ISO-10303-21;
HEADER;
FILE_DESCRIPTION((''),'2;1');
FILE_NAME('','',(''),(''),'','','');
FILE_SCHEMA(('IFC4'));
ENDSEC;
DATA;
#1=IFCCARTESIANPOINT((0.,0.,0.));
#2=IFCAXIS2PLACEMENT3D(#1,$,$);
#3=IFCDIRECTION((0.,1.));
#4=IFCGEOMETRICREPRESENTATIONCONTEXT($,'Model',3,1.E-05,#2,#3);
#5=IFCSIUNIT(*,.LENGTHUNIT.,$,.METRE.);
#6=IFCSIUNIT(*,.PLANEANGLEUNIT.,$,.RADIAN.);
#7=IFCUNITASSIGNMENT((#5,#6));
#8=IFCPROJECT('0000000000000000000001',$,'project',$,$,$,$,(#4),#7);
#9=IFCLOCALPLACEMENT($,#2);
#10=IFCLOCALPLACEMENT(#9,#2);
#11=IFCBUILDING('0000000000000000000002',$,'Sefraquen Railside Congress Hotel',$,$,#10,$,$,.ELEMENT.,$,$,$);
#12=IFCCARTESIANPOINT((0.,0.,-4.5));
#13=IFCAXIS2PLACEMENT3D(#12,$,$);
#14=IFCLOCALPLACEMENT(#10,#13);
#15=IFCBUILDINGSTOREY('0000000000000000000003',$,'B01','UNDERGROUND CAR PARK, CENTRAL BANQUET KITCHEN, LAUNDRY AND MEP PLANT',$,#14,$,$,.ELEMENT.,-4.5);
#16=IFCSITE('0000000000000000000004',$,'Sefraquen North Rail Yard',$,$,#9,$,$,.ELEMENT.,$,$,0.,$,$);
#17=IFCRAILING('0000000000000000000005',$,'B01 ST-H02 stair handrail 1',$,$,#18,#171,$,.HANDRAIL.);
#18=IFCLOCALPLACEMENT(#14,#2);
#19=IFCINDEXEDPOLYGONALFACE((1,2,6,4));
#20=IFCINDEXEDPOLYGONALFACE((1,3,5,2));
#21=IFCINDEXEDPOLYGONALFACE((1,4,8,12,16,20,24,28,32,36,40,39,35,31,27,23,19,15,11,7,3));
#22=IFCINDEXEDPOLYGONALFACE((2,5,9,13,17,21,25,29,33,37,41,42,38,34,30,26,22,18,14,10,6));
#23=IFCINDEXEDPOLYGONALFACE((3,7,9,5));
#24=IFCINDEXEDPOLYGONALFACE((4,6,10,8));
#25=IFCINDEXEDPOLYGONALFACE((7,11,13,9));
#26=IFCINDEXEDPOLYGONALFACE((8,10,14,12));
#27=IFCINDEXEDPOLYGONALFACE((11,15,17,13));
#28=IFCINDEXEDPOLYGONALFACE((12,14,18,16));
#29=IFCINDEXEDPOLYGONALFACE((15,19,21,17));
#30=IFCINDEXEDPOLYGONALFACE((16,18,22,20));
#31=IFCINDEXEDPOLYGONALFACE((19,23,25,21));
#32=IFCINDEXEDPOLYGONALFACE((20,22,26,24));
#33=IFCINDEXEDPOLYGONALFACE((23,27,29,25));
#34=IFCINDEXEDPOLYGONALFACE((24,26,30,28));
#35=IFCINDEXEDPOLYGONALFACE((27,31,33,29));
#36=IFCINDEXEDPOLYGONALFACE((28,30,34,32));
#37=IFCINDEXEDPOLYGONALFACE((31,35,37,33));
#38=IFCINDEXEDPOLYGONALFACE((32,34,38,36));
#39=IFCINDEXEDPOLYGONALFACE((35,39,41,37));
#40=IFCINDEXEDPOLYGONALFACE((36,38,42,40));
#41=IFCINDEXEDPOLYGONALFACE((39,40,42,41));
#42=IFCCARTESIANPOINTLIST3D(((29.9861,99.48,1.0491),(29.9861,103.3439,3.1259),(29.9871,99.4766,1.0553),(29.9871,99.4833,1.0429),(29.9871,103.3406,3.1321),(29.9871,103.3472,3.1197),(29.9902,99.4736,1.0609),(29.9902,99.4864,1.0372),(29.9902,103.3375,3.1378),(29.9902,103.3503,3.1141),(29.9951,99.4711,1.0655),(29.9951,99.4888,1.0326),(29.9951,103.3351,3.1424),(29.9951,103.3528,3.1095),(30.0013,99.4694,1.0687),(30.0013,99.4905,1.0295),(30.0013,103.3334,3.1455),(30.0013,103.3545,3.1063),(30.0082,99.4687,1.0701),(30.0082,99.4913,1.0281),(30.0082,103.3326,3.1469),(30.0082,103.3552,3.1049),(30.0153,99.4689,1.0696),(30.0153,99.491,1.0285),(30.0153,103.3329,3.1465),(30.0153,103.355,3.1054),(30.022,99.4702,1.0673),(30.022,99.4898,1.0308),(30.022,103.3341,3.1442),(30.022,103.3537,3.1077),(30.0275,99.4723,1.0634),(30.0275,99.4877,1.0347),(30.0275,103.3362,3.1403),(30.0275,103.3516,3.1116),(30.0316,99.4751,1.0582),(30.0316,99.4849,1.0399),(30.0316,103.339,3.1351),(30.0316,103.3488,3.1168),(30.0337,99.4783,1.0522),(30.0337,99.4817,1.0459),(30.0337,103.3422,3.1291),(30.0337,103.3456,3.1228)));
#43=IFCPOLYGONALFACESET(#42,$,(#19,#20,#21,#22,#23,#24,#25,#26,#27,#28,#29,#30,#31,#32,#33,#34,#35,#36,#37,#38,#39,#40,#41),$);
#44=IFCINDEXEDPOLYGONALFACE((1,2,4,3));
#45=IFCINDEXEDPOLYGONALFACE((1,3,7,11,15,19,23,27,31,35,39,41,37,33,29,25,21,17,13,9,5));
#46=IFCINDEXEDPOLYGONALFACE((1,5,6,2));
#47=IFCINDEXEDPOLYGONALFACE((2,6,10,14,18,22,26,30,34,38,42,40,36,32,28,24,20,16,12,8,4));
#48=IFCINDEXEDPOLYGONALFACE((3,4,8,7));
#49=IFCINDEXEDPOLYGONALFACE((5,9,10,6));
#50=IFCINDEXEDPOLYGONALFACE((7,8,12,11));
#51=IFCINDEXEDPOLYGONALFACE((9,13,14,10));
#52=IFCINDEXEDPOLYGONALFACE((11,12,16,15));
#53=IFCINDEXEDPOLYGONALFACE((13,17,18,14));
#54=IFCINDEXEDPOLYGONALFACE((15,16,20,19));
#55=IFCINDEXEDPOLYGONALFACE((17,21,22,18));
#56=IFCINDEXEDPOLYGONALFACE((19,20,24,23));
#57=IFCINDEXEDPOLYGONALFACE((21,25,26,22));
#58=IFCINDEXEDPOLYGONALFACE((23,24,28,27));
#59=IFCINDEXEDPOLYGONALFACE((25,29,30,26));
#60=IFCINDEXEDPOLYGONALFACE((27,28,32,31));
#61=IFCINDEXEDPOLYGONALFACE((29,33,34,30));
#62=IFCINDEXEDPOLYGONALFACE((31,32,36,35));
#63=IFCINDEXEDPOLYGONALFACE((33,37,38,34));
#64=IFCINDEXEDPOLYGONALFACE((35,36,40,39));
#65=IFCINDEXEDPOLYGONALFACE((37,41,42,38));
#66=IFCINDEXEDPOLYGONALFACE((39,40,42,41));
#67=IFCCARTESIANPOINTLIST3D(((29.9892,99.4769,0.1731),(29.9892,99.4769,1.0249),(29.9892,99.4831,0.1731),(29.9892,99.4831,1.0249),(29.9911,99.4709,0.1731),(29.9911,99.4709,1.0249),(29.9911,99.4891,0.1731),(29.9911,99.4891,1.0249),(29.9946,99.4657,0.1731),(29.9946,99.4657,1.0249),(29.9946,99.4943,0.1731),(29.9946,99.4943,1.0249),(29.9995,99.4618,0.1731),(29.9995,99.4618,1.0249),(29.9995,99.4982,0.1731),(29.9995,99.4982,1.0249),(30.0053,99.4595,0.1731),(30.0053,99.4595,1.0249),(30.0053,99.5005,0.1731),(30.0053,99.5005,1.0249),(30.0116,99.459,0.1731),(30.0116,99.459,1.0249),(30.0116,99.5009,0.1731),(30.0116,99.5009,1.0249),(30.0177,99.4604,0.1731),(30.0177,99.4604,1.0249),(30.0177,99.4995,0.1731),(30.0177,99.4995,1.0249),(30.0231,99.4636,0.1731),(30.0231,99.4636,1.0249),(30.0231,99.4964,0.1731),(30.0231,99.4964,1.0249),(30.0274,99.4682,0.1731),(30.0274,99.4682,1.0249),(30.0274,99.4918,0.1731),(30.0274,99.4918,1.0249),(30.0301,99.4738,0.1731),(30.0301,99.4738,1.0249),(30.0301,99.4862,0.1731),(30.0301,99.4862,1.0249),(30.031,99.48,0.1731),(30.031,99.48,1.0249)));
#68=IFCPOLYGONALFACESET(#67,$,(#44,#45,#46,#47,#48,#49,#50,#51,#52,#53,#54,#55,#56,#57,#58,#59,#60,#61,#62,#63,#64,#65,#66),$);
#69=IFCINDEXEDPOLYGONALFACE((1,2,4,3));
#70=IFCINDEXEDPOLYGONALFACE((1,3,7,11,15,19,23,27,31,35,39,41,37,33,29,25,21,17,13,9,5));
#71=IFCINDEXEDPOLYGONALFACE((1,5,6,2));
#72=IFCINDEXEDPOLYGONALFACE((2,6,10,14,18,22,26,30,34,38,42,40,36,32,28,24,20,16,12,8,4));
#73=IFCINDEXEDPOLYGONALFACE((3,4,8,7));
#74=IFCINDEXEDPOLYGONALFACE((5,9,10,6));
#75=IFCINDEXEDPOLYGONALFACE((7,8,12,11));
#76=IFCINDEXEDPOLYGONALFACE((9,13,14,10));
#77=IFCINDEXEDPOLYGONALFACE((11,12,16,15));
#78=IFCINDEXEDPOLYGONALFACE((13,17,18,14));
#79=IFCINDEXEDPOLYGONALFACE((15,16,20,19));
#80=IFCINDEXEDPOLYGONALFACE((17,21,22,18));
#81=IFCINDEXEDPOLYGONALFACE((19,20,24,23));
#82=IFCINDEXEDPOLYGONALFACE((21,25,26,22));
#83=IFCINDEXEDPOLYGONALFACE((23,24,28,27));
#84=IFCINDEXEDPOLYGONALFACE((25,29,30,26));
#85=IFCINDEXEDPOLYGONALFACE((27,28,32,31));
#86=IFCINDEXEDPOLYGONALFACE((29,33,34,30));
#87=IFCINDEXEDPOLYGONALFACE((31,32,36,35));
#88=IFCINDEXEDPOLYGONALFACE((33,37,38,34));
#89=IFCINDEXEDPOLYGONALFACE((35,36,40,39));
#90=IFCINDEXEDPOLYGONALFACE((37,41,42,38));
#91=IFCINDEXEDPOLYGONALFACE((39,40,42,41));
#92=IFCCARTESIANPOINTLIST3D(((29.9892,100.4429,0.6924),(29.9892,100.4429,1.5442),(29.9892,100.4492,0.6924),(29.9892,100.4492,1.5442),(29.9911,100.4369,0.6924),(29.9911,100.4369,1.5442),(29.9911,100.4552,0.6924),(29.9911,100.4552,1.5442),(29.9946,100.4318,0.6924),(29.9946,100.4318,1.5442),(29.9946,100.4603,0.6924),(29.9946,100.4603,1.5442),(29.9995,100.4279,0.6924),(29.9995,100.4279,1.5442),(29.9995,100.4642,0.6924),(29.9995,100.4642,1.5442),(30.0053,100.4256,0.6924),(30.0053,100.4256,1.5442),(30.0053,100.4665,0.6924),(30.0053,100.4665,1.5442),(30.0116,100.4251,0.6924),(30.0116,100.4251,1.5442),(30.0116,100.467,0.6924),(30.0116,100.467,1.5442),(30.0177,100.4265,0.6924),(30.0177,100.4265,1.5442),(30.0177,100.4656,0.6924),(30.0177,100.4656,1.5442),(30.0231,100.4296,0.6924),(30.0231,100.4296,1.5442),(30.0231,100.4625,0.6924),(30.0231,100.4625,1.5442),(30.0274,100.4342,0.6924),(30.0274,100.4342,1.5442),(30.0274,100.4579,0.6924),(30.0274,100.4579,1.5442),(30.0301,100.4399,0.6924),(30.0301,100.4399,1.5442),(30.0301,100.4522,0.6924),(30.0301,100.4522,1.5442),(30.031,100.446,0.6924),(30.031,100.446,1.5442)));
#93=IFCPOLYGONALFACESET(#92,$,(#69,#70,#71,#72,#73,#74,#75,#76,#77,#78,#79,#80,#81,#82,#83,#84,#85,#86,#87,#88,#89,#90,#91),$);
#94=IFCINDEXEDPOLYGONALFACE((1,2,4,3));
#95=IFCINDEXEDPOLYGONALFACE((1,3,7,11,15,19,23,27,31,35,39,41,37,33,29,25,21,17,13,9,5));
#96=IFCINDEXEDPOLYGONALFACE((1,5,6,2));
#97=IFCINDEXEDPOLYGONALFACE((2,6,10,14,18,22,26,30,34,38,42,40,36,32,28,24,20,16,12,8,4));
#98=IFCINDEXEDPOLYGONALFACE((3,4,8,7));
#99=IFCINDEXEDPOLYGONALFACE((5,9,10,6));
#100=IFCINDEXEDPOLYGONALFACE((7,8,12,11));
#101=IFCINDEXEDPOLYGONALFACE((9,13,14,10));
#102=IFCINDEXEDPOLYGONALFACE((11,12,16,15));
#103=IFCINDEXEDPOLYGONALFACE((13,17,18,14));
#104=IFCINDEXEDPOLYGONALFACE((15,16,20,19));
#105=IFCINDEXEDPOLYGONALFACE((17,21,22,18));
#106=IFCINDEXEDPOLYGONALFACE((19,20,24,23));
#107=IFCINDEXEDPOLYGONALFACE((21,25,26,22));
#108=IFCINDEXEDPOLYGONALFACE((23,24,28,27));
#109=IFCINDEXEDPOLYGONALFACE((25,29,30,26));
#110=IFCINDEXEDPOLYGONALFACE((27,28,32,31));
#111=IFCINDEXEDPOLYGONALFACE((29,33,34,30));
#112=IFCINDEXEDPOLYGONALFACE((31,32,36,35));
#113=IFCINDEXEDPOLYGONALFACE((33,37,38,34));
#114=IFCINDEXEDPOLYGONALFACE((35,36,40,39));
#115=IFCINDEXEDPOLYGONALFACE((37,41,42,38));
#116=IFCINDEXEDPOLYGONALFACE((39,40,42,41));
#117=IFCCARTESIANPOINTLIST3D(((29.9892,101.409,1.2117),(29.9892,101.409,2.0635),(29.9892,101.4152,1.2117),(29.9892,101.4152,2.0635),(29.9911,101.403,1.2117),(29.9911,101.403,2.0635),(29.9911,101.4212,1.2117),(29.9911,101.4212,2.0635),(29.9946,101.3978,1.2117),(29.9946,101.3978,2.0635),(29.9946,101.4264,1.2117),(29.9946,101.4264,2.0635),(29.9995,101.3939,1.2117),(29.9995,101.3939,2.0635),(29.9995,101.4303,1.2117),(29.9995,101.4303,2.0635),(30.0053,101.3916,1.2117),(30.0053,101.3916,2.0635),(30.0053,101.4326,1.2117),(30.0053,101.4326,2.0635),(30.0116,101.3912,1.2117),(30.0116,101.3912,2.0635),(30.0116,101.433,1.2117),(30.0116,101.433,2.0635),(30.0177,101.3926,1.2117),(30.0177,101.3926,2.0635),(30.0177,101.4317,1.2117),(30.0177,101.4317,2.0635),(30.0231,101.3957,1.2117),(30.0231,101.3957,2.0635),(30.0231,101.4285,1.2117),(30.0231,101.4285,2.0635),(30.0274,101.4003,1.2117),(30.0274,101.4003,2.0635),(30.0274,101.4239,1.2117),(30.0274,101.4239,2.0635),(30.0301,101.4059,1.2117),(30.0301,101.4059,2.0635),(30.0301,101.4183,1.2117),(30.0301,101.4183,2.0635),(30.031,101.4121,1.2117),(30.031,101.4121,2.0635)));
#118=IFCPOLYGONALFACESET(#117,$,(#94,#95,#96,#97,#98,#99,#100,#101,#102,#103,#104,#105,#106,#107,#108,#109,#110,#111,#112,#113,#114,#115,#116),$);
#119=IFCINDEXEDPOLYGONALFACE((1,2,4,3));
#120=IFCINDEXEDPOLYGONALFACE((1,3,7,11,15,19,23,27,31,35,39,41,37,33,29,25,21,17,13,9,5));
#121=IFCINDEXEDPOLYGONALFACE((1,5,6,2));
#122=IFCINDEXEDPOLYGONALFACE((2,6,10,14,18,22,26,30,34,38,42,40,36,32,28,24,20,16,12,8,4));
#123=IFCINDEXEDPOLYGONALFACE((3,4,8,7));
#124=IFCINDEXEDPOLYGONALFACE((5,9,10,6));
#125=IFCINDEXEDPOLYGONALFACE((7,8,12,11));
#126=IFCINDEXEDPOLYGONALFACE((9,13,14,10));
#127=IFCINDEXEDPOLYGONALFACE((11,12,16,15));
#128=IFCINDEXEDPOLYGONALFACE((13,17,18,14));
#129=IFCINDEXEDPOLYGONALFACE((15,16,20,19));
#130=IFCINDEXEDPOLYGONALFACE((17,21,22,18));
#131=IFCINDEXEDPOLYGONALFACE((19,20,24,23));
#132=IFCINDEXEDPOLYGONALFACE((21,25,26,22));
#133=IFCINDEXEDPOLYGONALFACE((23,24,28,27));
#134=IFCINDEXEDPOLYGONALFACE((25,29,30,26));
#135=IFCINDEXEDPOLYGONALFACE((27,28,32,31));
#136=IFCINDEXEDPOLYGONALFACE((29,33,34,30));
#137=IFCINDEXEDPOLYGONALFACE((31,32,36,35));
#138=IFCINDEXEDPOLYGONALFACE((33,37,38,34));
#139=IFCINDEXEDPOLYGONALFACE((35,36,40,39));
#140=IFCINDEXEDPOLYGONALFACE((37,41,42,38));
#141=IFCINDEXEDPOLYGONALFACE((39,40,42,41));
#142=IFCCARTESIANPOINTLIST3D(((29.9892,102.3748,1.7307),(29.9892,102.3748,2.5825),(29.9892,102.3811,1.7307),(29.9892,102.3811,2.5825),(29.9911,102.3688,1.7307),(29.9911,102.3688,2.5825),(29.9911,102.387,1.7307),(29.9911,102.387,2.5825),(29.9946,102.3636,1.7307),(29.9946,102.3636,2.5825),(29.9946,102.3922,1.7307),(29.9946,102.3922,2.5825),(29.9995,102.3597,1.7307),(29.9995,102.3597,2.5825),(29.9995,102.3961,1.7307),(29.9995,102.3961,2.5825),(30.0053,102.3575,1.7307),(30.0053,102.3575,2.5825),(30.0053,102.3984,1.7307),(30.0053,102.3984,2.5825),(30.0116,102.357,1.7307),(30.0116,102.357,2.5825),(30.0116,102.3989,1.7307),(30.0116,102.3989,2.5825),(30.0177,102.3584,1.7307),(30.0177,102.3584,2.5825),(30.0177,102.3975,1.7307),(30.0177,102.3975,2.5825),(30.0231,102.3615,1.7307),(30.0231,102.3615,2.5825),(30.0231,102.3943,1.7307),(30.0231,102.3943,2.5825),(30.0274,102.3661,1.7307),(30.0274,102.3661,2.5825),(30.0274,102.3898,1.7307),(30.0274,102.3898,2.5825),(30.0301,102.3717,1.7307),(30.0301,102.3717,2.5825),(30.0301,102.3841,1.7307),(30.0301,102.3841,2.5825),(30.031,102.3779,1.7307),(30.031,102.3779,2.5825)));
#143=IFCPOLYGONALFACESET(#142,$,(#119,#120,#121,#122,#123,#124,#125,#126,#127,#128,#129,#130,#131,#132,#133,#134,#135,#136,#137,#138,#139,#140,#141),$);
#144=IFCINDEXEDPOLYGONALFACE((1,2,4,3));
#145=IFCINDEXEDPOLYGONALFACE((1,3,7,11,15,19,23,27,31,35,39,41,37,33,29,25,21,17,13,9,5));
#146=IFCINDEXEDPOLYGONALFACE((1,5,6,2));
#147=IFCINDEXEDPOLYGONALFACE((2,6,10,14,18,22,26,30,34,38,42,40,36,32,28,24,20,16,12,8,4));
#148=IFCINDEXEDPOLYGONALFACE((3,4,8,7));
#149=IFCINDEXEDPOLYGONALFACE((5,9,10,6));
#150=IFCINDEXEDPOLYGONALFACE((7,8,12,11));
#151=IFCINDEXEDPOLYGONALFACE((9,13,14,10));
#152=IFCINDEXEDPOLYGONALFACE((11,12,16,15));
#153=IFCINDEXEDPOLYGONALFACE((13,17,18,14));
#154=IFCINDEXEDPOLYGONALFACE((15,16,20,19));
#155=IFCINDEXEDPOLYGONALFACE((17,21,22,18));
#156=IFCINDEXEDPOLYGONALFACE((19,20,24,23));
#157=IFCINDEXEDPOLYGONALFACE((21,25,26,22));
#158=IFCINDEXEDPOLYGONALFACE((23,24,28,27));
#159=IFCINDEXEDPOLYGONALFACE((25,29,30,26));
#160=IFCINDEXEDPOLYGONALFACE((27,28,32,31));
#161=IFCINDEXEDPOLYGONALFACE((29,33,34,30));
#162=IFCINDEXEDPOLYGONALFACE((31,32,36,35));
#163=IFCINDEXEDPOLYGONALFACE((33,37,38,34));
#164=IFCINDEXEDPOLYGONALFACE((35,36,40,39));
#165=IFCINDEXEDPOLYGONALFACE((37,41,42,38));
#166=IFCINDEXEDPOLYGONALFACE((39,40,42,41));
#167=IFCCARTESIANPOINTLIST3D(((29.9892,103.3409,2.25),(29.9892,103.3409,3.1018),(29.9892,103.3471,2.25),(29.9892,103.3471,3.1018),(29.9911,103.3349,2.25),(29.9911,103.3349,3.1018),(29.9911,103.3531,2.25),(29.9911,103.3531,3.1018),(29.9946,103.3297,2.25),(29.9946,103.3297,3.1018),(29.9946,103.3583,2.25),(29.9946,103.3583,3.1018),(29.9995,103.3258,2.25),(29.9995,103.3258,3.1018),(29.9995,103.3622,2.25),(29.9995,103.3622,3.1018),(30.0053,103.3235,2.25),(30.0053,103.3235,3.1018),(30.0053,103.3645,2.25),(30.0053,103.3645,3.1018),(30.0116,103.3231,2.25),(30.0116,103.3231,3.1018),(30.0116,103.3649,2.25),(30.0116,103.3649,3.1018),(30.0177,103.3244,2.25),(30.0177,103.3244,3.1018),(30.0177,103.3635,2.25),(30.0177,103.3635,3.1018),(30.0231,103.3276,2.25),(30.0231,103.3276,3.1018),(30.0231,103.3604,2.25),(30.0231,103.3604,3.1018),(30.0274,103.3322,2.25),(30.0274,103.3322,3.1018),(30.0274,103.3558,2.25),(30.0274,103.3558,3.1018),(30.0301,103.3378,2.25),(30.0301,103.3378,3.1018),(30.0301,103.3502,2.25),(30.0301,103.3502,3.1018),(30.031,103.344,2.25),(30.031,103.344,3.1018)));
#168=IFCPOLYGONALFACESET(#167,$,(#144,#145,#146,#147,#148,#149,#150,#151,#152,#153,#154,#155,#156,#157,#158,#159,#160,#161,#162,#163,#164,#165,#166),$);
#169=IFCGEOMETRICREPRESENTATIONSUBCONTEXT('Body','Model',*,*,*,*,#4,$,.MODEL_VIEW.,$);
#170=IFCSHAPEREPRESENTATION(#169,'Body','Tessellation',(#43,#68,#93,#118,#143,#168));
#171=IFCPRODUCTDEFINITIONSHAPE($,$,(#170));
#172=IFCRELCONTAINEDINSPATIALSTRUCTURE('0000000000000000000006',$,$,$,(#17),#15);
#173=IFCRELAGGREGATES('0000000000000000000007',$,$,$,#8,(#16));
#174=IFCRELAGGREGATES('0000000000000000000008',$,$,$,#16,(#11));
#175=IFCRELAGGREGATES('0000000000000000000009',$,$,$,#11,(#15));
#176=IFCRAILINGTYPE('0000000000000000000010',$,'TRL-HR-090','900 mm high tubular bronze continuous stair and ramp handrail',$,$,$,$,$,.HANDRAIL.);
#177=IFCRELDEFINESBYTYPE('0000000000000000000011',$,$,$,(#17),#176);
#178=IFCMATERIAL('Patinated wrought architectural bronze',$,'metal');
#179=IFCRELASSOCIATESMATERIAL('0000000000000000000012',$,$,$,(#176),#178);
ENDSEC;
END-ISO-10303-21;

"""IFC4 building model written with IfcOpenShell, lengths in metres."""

from ifc_helpers import new_model, si_unit, direction, frame, origin, origin_2d, place, context, subcontext, project, spatial, circle, extrude, material, type_object, element, save


model = new_model("IFC4")

# Units and contexts
model_context = context("Model", 3, precision=1e-05, world=origin(), true_north=direction((0.0, 1.0)))
body_context = subcontext(model_context, "Body", "Model", "MODEL_VIEW")
ifc_project = project(units=[si_unit("LENGTHUNIT", "METRE"), si_unit("PLANEANGLEUNIT", "RADIAN")], contexts=[model_context])

# Site, building, storey
site_placement = place(None, origin())
site = spatial("IfcSite", under=ifc_project, at=site_placement, Name="Sefraquen North Rail Yard", CompositionType="ELEMENT", RefElevation=0.0)
building_placement = place(site_placement, origin())
building = spatial("IfcBuilding", under=site, at=building_placement, Name="Sefraquen Railside Congress Hotel", CompositionType="ELEMENT")
storey_placement = place(building_placement, frame((0.0, 0.0, -4.5)))
storey = spatial("IfcBuildingStorey", under=building, at=storey_placement, Name="B01", Description="UNDERGROUND CAR PARK, CENTRAL BANQUET KITCHEN, LAUNDRY AND MEP PLANT", CompositionType="ELEMENT", Elevation=-4.5)

# Railing
ifc_material_1 = material(Name="Patinated wrought architectural bronze", Category="metal")
railing_type_1 = type_object("IfcRailingType", Name="TRL-HR-090", Description="900 mm high tubular bronze continuous stair and ramp handrail", PredefinedType="HANDRAIL", material=ifc_material_1)
railing_1_placement = place(storey_placement, frame((30.01, 99.48, 0.1731)))
element("IfcRailing", 1, at=railing_1_placement, inside=storey, type_object=railing_type_1, Name="B01 ST-H02 stair handrail 1", PredefinedType="HANDRAIL", context=body_context, shape_type="SweptSolid", body=[
    extrude(circle(Radius=0.0239, at=origin_2d()), frame((0.0, 0.0, 0.876), z_axis=(0.0, 0.880825, 0.473443), x_axis=(-1.0, 0.0, 0.0)), (0.0, 0.0, 1.0), 4.3867),
    extrude(circle(Radius=0.021, at=origin_2d()), origin(), (0.0, 0.0, 1.0), 0.8518),
    extrude(circle(Radius=0.021, at=origin_2d()), frame((0.0, 0.9661, 0.5193)), (0.0, 0.0, 1.0), 0.8518),
    extrude(circle(Radius=0.021, at=origin_2d()), frame((0.0, 1.9321, 1.0386)), (0.0, 0.0, 1.0), 0.8518),
    extrude(circle(Radius=0.021, at=origin_2d()), frame((0.0, 2.8979, 1.5576)), (0.0, 0.0, 1.0), 0.8518),
    extrude(circle(Radius=0.021, at=origin_2d()), frame((0.0, 3.864, 2.0769)), (0.0, 0.0, 1.0), 0.8518),
])

save(model, "model.ifc")
